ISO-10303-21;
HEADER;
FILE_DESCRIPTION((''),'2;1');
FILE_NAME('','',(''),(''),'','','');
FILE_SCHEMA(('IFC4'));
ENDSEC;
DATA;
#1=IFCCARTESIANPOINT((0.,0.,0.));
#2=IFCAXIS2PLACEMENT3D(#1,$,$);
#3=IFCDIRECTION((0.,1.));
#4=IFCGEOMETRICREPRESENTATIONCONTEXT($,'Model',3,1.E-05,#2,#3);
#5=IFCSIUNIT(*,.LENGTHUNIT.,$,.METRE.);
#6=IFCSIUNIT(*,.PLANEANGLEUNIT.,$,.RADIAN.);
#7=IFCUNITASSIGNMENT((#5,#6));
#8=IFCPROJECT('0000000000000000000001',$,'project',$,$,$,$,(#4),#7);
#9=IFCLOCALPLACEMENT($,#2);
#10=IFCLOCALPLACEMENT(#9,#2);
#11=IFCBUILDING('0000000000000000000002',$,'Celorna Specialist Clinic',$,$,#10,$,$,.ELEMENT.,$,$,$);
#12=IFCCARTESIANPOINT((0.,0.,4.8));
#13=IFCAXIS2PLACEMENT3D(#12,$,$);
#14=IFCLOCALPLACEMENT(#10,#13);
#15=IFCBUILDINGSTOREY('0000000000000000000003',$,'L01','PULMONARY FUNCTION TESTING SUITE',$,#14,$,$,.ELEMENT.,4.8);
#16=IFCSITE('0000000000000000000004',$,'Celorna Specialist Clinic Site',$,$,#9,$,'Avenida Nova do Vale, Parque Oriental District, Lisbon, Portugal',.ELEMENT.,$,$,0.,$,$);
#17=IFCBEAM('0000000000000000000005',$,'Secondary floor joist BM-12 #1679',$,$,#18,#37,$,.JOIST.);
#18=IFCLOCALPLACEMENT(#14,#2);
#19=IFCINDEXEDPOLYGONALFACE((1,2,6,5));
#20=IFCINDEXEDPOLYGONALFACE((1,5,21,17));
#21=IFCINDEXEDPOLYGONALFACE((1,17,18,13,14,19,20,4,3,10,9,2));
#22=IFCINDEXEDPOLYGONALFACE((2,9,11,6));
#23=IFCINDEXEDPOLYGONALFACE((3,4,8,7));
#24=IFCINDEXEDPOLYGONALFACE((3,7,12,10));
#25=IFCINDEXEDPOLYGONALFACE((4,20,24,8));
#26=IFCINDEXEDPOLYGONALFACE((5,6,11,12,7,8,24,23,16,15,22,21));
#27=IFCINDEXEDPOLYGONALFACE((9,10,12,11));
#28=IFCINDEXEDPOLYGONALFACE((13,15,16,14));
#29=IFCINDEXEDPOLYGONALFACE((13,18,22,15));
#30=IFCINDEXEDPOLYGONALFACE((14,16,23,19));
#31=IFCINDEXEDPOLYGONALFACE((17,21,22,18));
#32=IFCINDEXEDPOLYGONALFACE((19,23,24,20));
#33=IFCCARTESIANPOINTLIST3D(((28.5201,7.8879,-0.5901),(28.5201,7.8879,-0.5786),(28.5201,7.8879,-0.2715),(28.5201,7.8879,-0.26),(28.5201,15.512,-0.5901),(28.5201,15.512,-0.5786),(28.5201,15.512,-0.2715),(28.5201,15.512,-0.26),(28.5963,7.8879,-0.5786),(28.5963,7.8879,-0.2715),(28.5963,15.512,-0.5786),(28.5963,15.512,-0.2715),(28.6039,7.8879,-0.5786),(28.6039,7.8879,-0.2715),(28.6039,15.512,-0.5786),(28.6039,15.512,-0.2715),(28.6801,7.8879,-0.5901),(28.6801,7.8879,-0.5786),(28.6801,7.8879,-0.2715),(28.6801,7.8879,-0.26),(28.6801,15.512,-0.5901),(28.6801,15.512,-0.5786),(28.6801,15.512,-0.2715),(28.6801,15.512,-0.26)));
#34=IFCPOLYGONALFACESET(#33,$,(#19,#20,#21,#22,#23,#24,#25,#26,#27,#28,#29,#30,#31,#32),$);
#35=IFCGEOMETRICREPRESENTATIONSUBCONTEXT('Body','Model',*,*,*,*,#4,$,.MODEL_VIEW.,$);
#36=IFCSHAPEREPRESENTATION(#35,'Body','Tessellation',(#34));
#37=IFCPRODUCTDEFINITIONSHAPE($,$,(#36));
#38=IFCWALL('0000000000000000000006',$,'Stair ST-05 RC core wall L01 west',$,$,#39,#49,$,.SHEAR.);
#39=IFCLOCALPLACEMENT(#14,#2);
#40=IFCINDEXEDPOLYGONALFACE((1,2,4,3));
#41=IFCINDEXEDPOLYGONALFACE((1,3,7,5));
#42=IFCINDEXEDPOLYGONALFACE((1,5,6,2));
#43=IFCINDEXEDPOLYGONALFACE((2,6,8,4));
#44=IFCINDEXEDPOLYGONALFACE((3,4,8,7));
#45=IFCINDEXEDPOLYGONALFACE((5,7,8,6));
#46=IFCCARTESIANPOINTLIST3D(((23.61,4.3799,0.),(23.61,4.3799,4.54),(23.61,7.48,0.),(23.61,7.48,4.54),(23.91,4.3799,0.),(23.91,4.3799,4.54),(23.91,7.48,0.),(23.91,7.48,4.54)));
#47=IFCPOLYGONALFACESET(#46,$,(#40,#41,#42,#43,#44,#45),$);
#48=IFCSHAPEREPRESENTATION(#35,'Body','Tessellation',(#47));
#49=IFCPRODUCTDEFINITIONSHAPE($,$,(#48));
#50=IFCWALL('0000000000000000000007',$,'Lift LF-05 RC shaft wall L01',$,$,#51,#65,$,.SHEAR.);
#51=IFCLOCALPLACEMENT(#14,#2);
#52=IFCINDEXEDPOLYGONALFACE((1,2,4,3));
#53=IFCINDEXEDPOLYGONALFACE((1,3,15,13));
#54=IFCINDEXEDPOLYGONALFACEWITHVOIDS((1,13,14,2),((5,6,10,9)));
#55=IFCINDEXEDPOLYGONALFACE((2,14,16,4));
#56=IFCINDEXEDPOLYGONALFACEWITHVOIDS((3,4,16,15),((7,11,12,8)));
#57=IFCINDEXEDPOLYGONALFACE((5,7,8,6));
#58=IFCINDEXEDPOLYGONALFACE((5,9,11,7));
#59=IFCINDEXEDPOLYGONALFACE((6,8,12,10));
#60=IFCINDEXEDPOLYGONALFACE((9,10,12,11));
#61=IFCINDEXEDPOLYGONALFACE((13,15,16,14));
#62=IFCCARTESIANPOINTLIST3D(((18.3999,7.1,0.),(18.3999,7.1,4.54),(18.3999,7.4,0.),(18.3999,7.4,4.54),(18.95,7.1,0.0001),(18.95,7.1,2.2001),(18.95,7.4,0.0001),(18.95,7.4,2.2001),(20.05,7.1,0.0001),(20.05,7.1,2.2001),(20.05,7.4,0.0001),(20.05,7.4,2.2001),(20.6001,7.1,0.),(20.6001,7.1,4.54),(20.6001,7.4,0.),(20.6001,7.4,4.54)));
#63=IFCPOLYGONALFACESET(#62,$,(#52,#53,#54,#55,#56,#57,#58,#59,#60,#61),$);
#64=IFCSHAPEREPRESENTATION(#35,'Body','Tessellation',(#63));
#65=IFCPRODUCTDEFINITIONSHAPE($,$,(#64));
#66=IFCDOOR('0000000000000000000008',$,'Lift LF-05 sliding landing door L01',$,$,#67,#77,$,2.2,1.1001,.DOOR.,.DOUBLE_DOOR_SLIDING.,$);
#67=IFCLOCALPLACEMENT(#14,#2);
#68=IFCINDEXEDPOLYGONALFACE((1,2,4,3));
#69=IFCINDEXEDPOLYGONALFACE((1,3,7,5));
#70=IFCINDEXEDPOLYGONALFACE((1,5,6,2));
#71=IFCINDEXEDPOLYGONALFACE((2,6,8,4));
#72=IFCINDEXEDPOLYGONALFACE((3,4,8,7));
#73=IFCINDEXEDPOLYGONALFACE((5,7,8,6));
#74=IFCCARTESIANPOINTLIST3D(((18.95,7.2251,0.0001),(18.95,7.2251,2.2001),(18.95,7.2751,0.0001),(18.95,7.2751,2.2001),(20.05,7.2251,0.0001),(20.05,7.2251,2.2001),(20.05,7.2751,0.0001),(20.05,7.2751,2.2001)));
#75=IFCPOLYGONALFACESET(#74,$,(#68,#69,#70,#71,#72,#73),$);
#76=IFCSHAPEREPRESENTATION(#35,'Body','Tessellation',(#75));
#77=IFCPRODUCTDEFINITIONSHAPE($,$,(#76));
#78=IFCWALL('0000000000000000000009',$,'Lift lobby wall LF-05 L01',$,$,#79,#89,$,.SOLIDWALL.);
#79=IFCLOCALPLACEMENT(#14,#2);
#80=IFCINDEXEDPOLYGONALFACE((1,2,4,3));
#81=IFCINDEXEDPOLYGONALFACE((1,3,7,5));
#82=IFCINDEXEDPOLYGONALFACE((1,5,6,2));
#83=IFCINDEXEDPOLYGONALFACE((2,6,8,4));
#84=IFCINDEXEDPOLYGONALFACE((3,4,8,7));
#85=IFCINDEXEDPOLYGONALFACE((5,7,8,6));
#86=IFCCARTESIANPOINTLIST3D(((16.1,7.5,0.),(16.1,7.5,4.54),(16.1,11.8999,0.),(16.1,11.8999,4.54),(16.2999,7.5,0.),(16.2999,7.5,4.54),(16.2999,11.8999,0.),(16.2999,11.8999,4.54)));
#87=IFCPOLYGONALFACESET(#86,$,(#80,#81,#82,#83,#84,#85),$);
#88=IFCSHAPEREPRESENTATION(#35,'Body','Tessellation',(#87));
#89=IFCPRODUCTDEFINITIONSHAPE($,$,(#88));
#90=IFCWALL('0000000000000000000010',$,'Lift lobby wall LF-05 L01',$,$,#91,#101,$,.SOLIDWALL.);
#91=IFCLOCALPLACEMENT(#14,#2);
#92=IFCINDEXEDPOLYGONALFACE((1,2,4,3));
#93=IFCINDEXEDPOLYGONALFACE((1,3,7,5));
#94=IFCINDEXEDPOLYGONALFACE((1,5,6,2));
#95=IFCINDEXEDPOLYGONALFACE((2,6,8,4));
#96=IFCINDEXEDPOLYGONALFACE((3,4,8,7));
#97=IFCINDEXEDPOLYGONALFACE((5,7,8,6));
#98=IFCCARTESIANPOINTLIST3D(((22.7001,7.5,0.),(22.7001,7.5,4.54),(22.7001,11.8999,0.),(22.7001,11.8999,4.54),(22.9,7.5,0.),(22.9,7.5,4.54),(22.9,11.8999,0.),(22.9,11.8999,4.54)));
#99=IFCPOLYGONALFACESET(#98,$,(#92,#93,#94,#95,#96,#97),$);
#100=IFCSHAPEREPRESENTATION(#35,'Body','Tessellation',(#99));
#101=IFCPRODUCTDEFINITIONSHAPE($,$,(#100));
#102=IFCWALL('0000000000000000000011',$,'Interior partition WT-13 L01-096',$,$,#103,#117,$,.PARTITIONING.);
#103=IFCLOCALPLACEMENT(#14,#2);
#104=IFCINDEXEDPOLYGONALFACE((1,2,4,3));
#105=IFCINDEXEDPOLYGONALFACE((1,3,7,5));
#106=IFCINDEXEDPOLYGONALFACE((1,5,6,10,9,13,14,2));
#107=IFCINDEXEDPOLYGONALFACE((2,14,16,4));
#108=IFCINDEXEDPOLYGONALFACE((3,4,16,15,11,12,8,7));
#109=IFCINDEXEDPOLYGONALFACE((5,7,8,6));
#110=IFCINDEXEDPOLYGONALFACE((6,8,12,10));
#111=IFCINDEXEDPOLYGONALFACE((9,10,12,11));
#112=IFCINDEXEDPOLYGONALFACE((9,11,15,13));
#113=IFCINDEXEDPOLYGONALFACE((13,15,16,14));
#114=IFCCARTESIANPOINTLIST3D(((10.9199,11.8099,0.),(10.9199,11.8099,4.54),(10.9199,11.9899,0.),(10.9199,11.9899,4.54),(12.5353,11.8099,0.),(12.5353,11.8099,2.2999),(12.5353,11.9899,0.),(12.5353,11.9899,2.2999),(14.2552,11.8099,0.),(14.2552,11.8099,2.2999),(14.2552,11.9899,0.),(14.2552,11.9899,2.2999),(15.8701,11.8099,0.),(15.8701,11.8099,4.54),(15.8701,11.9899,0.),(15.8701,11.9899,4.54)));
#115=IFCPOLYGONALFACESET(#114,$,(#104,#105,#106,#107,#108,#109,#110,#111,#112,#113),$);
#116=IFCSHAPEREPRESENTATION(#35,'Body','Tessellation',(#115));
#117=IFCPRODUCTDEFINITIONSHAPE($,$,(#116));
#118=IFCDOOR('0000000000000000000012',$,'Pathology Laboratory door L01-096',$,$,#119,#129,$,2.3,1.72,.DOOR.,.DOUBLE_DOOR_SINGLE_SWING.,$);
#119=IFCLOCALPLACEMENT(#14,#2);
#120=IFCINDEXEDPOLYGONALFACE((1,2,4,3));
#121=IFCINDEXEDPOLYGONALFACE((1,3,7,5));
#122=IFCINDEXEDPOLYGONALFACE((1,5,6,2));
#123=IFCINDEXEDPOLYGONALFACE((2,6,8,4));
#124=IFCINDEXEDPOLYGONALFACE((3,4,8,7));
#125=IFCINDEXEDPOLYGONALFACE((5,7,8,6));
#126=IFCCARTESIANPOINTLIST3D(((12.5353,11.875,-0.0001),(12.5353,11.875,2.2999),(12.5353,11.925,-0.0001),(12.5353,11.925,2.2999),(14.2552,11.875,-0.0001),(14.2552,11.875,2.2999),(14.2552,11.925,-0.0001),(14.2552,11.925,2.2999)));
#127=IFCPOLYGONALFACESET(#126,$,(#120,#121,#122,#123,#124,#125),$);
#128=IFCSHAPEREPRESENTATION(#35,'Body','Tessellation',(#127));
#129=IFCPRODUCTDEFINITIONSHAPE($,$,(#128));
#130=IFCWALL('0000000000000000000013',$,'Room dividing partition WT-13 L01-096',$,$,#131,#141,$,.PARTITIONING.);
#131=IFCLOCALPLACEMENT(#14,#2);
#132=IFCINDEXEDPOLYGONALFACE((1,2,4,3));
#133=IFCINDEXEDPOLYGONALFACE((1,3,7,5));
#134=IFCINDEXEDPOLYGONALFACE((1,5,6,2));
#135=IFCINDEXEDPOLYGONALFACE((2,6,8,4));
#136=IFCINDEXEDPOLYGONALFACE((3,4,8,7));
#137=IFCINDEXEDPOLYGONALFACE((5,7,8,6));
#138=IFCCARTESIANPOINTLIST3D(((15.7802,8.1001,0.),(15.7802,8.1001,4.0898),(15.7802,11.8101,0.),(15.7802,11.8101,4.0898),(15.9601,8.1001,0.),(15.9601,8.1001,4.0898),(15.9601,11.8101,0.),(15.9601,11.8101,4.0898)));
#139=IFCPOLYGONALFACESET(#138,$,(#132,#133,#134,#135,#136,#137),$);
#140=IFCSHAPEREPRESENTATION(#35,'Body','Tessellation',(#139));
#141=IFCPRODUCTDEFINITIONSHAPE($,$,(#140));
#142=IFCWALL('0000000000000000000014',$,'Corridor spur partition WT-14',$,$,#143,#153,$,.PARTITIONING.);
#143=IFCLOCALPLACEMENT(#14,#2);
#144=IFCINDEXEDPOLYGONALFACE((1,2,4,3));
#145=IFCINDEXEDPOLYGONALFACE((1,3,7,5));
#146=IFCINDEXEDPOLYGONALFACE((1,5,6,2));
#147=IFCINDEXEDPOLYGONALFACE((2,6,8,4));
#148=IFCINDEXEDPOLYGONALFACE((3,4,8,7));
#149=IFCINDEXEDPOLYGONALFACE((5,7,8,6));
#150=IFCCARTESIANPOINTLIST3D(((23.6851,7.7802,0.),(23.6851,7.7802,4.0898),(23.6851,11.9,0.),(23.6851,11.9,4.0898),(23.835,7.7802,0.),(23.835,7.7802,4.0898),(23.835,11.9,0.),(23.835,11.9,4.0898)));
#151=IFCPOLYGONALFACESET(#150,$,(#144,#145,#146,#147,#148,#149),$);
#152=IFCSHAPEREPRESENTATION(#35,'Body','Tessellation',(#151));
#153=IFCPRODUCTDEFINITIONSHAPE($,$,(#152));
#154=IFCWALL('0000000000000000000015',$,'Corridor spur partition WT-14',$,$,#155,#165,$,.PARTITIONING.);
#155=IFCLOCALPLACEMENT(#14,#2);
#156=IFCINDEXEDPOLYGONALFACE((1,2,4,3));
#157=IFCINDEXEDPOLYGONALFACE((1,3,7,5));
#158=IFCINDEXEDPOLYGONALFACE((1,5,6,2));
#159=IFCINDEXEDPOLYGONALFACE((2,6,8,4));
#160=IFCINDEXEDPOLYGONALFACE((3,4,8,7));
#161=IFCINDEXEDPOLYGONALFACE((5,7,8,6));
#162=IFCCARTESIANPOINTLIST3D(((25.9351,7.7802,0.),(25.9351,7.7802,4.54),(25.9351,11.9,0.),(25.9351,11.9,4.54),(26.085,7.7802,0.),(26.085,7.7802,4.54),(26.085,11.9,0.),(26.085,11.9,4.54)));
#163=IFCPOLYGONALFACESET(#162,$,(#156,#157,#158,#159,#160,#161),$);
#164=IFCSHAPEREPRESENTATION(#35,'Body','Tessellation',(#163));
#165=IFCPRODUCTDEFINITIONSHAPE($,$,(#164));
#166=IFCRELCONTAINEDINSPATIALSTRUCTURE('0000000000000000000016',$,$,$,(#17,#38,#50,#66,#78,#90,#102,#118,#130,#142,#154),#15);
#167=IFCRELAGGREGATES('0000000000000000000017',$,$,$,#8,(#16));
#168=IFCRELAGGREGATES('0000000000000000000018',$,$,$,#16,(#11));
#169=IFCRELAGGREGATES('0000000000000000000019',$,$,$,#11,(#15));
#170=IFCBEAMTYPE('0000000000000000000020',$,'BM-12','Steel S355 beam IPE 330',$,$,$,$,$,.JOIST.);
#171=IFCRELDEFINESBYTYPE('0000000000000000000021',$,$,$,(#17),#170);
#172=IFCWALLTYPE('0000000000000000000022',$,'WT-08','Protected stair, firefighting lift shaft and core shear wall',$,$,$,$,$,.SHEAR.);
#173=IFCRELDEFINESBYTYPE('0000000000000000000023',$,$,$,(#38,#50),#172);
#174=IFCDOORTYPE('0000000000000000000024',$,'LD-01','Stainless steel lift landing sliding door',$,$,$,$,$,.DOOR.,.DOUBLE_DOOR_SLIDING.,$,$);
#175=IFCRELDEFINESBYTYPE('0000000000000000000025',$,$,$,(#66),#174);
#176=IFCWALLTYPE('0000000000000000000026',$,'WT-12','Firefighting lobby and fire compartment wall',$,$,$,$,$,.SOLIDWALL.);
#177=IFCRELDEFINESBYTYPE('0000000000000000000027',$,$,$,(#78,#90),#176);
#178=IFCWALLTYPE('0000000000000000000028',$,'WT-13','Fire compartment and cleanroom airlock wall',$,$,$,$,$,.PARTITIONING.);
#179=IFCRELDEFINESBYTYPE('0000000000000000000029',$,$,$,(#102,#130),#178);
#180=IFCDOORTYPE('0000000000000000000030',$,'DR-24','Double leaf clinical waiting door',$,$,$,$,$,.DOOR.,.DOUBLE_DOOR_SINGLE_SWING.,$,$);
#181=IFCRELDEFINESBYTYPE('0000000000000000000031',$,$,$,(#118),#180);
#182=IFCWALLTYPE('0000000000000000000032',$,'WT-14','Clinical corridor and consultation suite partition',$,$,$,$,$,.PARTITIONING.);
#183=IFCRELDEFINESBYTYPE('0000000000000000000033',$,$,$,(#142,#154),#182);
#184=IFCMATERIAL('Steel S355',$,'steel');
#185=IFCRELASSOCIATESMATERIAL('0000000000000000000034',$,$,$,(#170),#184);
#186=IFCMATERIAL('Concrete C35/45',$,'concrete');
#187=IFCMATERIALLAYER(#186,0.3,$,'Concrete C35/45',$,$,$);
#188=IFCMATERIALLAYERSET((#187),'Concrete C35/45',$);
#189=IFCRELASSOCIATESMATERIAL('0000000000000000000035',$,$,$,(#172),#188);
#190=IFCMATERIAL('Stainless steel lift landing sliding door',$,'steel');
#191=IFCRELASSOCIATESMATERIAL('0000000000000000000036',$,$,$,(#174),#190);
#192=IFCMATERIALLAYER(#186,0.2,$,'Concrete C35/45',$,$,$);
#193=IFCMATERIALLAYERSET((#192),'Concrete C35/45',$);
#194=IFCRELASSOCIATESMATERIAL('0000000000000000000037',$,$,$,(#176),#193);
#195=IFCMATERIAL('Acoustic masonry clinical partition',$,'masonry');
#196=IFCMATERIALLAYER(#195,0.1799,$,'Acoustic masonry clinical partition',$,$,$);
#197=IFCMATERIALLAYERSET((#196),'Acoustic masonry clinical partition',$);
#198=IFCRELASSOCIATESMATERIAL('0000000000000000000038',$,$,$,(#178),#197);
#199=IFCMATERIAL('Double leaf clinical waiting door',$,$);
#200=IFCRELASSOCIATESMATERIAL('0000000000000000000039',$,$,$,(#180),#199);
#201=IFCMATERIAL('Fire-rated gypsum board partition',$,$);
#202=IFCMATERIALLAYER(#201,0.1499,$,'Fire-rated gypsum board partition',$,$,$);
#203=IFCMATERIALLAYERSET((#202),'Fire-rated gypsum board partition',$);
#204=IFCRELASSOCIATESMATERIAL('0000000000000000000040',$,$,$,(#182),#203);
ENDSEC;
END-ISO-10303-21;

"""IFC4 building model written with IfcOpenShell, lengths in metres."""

from ifc_helpers import new_model, si_unit, direction, frame, frame_2d, origin, origin_2d, place, context, subcontext, project, spatial, rectangle, i_section, extrude, material, layer, layer_set, material_profile, profile_set, type_object, element, fill, save


model = new_model("IFC4")

# Units and contexts
model_context = context("Model", 3, precision=1e-05, world=origin(), true_north=direction((0.0, 1.0)))
body_context = subcontext(model_context, "Body", "Model", "MODEL_VIEW")
ifc_project = project(units=[si_unit("LENGTHUNIT", "METRE"), si_unit("PLANEANGLEUNIT", "RADIAN")], contexts=[model_context])

# Site, building, storey
site_placement = place(None, origin())
site = spatial("IfcSite", under=ifc_project, at=site_placement, Name="Celorna Specialist Clinic Site", LongName="Avenida Nova do Vale, Parque Oriental District, Lisbon, Portugal", CompositionType="ELEMENT", RefElevation=0.0)
building_placement = place(site_placement, origin())
building = spatial("IfcBuilding", under=site, at=building_placement, Name="Celorna Specialist Clinic", CompositionType="ELEMENT")
storey_placement = place(building_placement, frame((0.0, 0.0, 4.8)))
storey = spatial("IfcBuildingStorey", under=building, at=storey_placement, Name="L01", Description="PULMONARY FUNCTION TESTING SUITE", CompositionType="ELEMENT", Elevation=4.8)

# Shared definitions
ifc_material_1 = material(Name="Concrete C35/45", Category="concrete")

# Beam
ifc_material_2 = material(Name="Steel S355", Category="steel")
ifc_material_profile_1 = material_profile(ifc_material_2, i_section(OverallWidth=0.1599, OverallDepth=0.3301, WebThickness=0.0076, FlangeThickness=0.0115, at=origin_2d()), Name="IPE 330")
ifc_profile_set_1 = profile_set([ifc_material_profile_1], Name="Steel S355")
beam_type_1 = type_object("IfcBeamType", Name="BM-12", Description="Steel S355 beam IPE 330", PredefinedType="JOIST", material=ifc_profile_set_1)
for number, where, z_axis, x_axis, name in (
    (1, (28.6001, 7.8879, -0.425), (0.0, 1.0, 0.0), (-1.0, 0.0, 0.0), "Secondary floor joist BM-12 #1679"),
):
    element("IfcBeam", number, at=place(storey_placement, frame(where, z_axis=z_axis, x_axis=x_axis)), inside=storey, type_object=beam_type_1, Name=name, PredefinedType="JOIST", context=body_context, shape_type="SweptSolid", body=[
        extrude(i_section(OverallWidth=0.1599, OverallDepth=0.3301, WebThickness=0.0076, FlangeThickness=0.0115, at=origin_2d()), origin(), (0.0, 0.0, 1.0), 7.624),
    ])

# Wall
ifc_layer_1 = layer(ifc_material_1, 0.3, Name="Concrete C35/45")
ifc_layer_set_1 = layer_set([ifc_layer_1], Name="Concrete C35/45")
wall_type_1 = type_object("IfcWallType", Name="WT-08", Description="Protected stair, firefighting lift shaft and core shear wall", PredefinedType="SHEAR", material=ifc_layer_set_1)
wall_1_placement = place(storey_placement, frame((23.76, 7.48, 0.0), z_axis=(0.0, 0.0, 1.0), x_axis=(0.0, -1.0, 0.0)))
element("IfcWall", 2, at=wall_1_placement, inside=storey, type_object=wall_type_1, Name="Stair ST-05 RC core wall L01 west", PredefinedType="SHEAR", context=body_context, shape_type="SweptSolid", body=[
    extrude(rectangle(XDim=3.1001, YDim=0.3, at=frame_2d((1.55, 0.0))), origin(), (0.0, 0.0, 1.0), 4.54),
])

# Wall, opening, door
wall_2_placement = place(storey_placement, frame((20.6001, 7.25, 0.0), z_axis=(0.0, 0.0, 1.0), x_axis=(-1.0, 0.0, 0.0)))
wall_2 = element("IfcWall", 3, at=wall_2_placement, inside=storey, type_object=wall_type_1, Name="Lift LF-05 RC shaft wall L01", PredefinedType="SHEAR", context=body_context, shape_type="SweptSolid", body=[
    extrude(rectangle(XDim=2.2002, YDim=0.3, at=frame_2d((1.1001, 0.0))), origin(), (0.0, 0.0, 1.0), 4.54),
])
opening_1_placement = place(wall_2_placement, frame((0.55, 0.0, 0.0)))
opening_1 = element("IfcOpeningElement", 4, at=opening_1_placement, cuts=wall_2, PredefinedType="OPENING", context=body_context, shape_type="SweptSolid", body=[
    extrude(rectangle(XDim=1.1001, YDim=2.2, at=frame_2d((0.55, 1.1001))), frame((0.0, 0.1599, 0.0), z_axis=(0.0, -1.0, 0.0), x_axis=(1.0, 0.0, 0.0)), (0.0, 0.0, 1.0), 0.3201),
])
ifc_material_3 = material(Name="Stainless steel lift landing sliding door", Category="steel")
door_type_1 = type_object("IfcDoorType", Name="LD-01", Description="Stainless steel lift landing sliding door", OperationType="DOUBLE_DOOR_SLIDING", PredefinedType="DOOR", material=ifc_material_3)
door_1_placement = place(opening_1_placement, origin())
door_1 = element("IfcDoor", 5, at=door_1_placement, inside=storey, type_object=door_type_1, Name="Lift LF-05 sliding landing door L01", OperationType="DOUBLE_DOOR_SLIDING", OverallHeight=2.2, OverallWidth=1.1001, PredefinedType="DOOR", context=body_context, shape_type="SweptSolid", body=[
    extrude(rectangle(XDim=1.1001, YDim=2.2, at=frame_2d((0.55, 1.1001))), frame((0.0, 0.0249, 0.0), z_axis=(0.0, -1.0, 0.0), x_axis=(1.0, 0.0, 0.0)), (0.0, 0.0, 1.0), 0.05),
])
fill(opening_1, door_1)

# Walls
ifc_layer_2 = layer(ifc_material_1, 0.2, Name="Concrete C35/45")
ifc_layer_set_2 = layer_set([ifc_layer_2], Name="Concrete C35/45")
wall_type_2 = type_object("IfcWallType", Name="WT-12", Description="Firefighting lobby and fire compartment wall", PredefinedType="SOLIDWALL", material=ifc_layer_set_2)
for number, where, z_axis, x_axis, name in (
    (6, (16.2, 11.8999, 0.0), (0.0, 0.0, 1.0), (0.0, -1.0, 0.0), "Lift lobby wall LF-05 L01"),
    (7, (22.8, 7.5, 0.0), (0.0, 0.0, 1.0), (0.0, 1.0, 0.0), "Lift lobby wall LF-05 L01"),
):
    element("IfcWall", number, at=place(storey_placement, frame(where, z_axis=z_axis, x_axis=x_axis)), inside=storey, type_object=wall_type_2, Name=name, PredefinedType="SOLIDWALL", context=body_context, shape_type="SweptSolid", body=[
        extrude(rectangle(XDim=4.3999, YDim=0.2, at=frame_2d((2.2, 0.0))), origin(), (0.0, 0.0, 1.0), 4.54),
    ])

# Wall, opening, door
ifc_material_4 = material(Name="Acoustic masonry clinical partition", Category="masonry")
ifc_layer_3 = layer(ifc_material_4, 0.1799, Name="Acoustic masonry clinical partition")
ifc_layer_set_3 = layer_set([ifc_layer_3], Name="Acoustic masonry clinical partition")
wall_type_3 = type_object("IfcWallType", Name="WT-13", Description="Fire compartment and cleanroom airlock wall", PredefinedType="PARTITIONING", material=ifc_layer_set_3)
wall_3_placement = place(storey_placement, frame((15.8701, 11.8999, 0.0), z_axis=(0.0, 0.0, 1.0), x_axis=(-1.0, 0.0, 0.0)))
wall_3 = element("IfcWall", 8, at=wall_3_placement, inside=storey, type_object=wall_type_3, Name="Interior partition WT-13 L01-096", PredefinedType="PARTITIONING", context=body_context, shape_type="SweptSolid", body=[
    extrude(rectangle(XDim=4.9502, YDim=0.1799, at=frame_2d((2.4751, 0.0))), origin(), (0.0, 0.0, 1.0), 4.54),
])
opening_2_placement = place(wall_3_placement, frame((1.615, 0.0, 0.0)))
opening_2 = element("IfcOpeningElement", 9, at=opening_2_placement, cuts=wall_3, PredefinedType="OPENING", context=body_context, shape_type="SweptSolid", body=[
    extrude(rectangle(XDim=1.72, YDim=2.3, at=frame_2d((0.8599, 1.1499))), frame((0.0, 0.0999, 0.0), z_axis=(0.0, -1.0, 0.0), x_axis=(1.0, 0.0, 0.0)), (0.0, 0.0, 1.0), 0.2),
])
ifc_material_5 = material(Name="Double leaf clinical waiting door")
door_type_2 = type_object("IfcDoorType", Name="DR-24", Description="Double leaf clinical waiting door", OperationType="DOUBLE_DOOR_SINGLE_SWING", PredefinedType="DOOR", material=ifc_material_5)
door_2_placement = place(opening_2_placement, origin())
door_2 = element("IfcDoor", 10, at=door_2_placement, inside=storey, type_object=door_type_2, Name="Pathology Laboratory door L01-096", OperationType="DOUBLE_DOOR_SINGLE_SWING", OverallHeight=2.3, OverallWidth=1.72, PredefinedType="DOOR", context=body_context, shape_type="SweptSolid", body=[
    extrude(rectangle(XDim=1.72, YDim=2.3, at=frame_2d((0.8599, 1.1499))), frame((0.0, 0.0249, 0.0), z_axis=(0.0, -1.0, 0.0), x_axis=(1.0, 0.0, 0.0)), (0.0, 0.0, 1.0), 0.05),
])
fill(opening_2, door_2)

# Walls
wall_4_placement = place(storey_placement, frame((15.8701, 8.1001, 0.0), z_axis=(0.0, 0.0, 1.0), x_axis=(0.0, 1.0, 0.0)))
element("IfcWall", 11, at=wall_4_placement, inside=storey, type_object=wall_type_3, Name="Room dividing partition WT-13 L01-096", PredefinedType="PARTITIONING", context=body_context, shape_type="SweptSolid", body=[
    extrude(rectangle(XDim=3.71, YDim=0.1799, at=frame_2d((1.855, 0.0))), origin(), (0.0, 0.0, 1.0), 4.0898),
])
ifc_material_6 = material(Name="Fire-rated gypsum board partition")
ifc_layer_4 = layer(ifc_material_6, 0.1499, Name="Fire-rated gypsum board partition")
ifc_layer_set_4 = layer_set([ifc_layer_4], Name="Fire-rated gypsum board partition")
wall_type_4 = type_object("IfcWallType", Name="WT-14", Description="Clinical corridor and consultation suite partition", PredefinedType="PARTITIONING", material=ifc_layer_set_4)
wall_5_placement = place(storey_placement, frame((23.76, 7.78, 0.0), z_axis=(0.0, 0.0, 1.0), x_axis=(0.0, 1.0, 0.0)))
element("IfcWall", 12, at=wall_5_placement, inside=storey, type_object=wall_type_4, Name="Corridor spur partition WT-14", PredefinedType="PARTITIONING", context=body_context, shape_type="SweptSolid", body=[
    extrude(rectangle(XDim=4.1199, YDim=0.1499, at=frame_2d((2.0601, 0.0))), origin(), (0.0, 0.0, 1.0), 4.0898),
])
wall_6_placement = place(storey_placement, frame((26.01, 7.78, 0.0), z_axis=(0.0, 0.0, 1.0), x_axis=(0.0, 1.0, 0.0)))
element("IfcWall", 13, at=wall_6_placement, inside=storey, type_object=wall_type_4, Name="Corridor spur partition WT-14", PredefinedType="PARTITIONING", context=body_context, shape_type="SweptSolid", body=[
    extrude(rectangle(XDim=4.1199, YDim=0.1499, at=frame_2d((2.0601, 0.0))), origin(), (0.0, 0.0, 1.0), 4.54),
])

save(model, "model.ifc")
